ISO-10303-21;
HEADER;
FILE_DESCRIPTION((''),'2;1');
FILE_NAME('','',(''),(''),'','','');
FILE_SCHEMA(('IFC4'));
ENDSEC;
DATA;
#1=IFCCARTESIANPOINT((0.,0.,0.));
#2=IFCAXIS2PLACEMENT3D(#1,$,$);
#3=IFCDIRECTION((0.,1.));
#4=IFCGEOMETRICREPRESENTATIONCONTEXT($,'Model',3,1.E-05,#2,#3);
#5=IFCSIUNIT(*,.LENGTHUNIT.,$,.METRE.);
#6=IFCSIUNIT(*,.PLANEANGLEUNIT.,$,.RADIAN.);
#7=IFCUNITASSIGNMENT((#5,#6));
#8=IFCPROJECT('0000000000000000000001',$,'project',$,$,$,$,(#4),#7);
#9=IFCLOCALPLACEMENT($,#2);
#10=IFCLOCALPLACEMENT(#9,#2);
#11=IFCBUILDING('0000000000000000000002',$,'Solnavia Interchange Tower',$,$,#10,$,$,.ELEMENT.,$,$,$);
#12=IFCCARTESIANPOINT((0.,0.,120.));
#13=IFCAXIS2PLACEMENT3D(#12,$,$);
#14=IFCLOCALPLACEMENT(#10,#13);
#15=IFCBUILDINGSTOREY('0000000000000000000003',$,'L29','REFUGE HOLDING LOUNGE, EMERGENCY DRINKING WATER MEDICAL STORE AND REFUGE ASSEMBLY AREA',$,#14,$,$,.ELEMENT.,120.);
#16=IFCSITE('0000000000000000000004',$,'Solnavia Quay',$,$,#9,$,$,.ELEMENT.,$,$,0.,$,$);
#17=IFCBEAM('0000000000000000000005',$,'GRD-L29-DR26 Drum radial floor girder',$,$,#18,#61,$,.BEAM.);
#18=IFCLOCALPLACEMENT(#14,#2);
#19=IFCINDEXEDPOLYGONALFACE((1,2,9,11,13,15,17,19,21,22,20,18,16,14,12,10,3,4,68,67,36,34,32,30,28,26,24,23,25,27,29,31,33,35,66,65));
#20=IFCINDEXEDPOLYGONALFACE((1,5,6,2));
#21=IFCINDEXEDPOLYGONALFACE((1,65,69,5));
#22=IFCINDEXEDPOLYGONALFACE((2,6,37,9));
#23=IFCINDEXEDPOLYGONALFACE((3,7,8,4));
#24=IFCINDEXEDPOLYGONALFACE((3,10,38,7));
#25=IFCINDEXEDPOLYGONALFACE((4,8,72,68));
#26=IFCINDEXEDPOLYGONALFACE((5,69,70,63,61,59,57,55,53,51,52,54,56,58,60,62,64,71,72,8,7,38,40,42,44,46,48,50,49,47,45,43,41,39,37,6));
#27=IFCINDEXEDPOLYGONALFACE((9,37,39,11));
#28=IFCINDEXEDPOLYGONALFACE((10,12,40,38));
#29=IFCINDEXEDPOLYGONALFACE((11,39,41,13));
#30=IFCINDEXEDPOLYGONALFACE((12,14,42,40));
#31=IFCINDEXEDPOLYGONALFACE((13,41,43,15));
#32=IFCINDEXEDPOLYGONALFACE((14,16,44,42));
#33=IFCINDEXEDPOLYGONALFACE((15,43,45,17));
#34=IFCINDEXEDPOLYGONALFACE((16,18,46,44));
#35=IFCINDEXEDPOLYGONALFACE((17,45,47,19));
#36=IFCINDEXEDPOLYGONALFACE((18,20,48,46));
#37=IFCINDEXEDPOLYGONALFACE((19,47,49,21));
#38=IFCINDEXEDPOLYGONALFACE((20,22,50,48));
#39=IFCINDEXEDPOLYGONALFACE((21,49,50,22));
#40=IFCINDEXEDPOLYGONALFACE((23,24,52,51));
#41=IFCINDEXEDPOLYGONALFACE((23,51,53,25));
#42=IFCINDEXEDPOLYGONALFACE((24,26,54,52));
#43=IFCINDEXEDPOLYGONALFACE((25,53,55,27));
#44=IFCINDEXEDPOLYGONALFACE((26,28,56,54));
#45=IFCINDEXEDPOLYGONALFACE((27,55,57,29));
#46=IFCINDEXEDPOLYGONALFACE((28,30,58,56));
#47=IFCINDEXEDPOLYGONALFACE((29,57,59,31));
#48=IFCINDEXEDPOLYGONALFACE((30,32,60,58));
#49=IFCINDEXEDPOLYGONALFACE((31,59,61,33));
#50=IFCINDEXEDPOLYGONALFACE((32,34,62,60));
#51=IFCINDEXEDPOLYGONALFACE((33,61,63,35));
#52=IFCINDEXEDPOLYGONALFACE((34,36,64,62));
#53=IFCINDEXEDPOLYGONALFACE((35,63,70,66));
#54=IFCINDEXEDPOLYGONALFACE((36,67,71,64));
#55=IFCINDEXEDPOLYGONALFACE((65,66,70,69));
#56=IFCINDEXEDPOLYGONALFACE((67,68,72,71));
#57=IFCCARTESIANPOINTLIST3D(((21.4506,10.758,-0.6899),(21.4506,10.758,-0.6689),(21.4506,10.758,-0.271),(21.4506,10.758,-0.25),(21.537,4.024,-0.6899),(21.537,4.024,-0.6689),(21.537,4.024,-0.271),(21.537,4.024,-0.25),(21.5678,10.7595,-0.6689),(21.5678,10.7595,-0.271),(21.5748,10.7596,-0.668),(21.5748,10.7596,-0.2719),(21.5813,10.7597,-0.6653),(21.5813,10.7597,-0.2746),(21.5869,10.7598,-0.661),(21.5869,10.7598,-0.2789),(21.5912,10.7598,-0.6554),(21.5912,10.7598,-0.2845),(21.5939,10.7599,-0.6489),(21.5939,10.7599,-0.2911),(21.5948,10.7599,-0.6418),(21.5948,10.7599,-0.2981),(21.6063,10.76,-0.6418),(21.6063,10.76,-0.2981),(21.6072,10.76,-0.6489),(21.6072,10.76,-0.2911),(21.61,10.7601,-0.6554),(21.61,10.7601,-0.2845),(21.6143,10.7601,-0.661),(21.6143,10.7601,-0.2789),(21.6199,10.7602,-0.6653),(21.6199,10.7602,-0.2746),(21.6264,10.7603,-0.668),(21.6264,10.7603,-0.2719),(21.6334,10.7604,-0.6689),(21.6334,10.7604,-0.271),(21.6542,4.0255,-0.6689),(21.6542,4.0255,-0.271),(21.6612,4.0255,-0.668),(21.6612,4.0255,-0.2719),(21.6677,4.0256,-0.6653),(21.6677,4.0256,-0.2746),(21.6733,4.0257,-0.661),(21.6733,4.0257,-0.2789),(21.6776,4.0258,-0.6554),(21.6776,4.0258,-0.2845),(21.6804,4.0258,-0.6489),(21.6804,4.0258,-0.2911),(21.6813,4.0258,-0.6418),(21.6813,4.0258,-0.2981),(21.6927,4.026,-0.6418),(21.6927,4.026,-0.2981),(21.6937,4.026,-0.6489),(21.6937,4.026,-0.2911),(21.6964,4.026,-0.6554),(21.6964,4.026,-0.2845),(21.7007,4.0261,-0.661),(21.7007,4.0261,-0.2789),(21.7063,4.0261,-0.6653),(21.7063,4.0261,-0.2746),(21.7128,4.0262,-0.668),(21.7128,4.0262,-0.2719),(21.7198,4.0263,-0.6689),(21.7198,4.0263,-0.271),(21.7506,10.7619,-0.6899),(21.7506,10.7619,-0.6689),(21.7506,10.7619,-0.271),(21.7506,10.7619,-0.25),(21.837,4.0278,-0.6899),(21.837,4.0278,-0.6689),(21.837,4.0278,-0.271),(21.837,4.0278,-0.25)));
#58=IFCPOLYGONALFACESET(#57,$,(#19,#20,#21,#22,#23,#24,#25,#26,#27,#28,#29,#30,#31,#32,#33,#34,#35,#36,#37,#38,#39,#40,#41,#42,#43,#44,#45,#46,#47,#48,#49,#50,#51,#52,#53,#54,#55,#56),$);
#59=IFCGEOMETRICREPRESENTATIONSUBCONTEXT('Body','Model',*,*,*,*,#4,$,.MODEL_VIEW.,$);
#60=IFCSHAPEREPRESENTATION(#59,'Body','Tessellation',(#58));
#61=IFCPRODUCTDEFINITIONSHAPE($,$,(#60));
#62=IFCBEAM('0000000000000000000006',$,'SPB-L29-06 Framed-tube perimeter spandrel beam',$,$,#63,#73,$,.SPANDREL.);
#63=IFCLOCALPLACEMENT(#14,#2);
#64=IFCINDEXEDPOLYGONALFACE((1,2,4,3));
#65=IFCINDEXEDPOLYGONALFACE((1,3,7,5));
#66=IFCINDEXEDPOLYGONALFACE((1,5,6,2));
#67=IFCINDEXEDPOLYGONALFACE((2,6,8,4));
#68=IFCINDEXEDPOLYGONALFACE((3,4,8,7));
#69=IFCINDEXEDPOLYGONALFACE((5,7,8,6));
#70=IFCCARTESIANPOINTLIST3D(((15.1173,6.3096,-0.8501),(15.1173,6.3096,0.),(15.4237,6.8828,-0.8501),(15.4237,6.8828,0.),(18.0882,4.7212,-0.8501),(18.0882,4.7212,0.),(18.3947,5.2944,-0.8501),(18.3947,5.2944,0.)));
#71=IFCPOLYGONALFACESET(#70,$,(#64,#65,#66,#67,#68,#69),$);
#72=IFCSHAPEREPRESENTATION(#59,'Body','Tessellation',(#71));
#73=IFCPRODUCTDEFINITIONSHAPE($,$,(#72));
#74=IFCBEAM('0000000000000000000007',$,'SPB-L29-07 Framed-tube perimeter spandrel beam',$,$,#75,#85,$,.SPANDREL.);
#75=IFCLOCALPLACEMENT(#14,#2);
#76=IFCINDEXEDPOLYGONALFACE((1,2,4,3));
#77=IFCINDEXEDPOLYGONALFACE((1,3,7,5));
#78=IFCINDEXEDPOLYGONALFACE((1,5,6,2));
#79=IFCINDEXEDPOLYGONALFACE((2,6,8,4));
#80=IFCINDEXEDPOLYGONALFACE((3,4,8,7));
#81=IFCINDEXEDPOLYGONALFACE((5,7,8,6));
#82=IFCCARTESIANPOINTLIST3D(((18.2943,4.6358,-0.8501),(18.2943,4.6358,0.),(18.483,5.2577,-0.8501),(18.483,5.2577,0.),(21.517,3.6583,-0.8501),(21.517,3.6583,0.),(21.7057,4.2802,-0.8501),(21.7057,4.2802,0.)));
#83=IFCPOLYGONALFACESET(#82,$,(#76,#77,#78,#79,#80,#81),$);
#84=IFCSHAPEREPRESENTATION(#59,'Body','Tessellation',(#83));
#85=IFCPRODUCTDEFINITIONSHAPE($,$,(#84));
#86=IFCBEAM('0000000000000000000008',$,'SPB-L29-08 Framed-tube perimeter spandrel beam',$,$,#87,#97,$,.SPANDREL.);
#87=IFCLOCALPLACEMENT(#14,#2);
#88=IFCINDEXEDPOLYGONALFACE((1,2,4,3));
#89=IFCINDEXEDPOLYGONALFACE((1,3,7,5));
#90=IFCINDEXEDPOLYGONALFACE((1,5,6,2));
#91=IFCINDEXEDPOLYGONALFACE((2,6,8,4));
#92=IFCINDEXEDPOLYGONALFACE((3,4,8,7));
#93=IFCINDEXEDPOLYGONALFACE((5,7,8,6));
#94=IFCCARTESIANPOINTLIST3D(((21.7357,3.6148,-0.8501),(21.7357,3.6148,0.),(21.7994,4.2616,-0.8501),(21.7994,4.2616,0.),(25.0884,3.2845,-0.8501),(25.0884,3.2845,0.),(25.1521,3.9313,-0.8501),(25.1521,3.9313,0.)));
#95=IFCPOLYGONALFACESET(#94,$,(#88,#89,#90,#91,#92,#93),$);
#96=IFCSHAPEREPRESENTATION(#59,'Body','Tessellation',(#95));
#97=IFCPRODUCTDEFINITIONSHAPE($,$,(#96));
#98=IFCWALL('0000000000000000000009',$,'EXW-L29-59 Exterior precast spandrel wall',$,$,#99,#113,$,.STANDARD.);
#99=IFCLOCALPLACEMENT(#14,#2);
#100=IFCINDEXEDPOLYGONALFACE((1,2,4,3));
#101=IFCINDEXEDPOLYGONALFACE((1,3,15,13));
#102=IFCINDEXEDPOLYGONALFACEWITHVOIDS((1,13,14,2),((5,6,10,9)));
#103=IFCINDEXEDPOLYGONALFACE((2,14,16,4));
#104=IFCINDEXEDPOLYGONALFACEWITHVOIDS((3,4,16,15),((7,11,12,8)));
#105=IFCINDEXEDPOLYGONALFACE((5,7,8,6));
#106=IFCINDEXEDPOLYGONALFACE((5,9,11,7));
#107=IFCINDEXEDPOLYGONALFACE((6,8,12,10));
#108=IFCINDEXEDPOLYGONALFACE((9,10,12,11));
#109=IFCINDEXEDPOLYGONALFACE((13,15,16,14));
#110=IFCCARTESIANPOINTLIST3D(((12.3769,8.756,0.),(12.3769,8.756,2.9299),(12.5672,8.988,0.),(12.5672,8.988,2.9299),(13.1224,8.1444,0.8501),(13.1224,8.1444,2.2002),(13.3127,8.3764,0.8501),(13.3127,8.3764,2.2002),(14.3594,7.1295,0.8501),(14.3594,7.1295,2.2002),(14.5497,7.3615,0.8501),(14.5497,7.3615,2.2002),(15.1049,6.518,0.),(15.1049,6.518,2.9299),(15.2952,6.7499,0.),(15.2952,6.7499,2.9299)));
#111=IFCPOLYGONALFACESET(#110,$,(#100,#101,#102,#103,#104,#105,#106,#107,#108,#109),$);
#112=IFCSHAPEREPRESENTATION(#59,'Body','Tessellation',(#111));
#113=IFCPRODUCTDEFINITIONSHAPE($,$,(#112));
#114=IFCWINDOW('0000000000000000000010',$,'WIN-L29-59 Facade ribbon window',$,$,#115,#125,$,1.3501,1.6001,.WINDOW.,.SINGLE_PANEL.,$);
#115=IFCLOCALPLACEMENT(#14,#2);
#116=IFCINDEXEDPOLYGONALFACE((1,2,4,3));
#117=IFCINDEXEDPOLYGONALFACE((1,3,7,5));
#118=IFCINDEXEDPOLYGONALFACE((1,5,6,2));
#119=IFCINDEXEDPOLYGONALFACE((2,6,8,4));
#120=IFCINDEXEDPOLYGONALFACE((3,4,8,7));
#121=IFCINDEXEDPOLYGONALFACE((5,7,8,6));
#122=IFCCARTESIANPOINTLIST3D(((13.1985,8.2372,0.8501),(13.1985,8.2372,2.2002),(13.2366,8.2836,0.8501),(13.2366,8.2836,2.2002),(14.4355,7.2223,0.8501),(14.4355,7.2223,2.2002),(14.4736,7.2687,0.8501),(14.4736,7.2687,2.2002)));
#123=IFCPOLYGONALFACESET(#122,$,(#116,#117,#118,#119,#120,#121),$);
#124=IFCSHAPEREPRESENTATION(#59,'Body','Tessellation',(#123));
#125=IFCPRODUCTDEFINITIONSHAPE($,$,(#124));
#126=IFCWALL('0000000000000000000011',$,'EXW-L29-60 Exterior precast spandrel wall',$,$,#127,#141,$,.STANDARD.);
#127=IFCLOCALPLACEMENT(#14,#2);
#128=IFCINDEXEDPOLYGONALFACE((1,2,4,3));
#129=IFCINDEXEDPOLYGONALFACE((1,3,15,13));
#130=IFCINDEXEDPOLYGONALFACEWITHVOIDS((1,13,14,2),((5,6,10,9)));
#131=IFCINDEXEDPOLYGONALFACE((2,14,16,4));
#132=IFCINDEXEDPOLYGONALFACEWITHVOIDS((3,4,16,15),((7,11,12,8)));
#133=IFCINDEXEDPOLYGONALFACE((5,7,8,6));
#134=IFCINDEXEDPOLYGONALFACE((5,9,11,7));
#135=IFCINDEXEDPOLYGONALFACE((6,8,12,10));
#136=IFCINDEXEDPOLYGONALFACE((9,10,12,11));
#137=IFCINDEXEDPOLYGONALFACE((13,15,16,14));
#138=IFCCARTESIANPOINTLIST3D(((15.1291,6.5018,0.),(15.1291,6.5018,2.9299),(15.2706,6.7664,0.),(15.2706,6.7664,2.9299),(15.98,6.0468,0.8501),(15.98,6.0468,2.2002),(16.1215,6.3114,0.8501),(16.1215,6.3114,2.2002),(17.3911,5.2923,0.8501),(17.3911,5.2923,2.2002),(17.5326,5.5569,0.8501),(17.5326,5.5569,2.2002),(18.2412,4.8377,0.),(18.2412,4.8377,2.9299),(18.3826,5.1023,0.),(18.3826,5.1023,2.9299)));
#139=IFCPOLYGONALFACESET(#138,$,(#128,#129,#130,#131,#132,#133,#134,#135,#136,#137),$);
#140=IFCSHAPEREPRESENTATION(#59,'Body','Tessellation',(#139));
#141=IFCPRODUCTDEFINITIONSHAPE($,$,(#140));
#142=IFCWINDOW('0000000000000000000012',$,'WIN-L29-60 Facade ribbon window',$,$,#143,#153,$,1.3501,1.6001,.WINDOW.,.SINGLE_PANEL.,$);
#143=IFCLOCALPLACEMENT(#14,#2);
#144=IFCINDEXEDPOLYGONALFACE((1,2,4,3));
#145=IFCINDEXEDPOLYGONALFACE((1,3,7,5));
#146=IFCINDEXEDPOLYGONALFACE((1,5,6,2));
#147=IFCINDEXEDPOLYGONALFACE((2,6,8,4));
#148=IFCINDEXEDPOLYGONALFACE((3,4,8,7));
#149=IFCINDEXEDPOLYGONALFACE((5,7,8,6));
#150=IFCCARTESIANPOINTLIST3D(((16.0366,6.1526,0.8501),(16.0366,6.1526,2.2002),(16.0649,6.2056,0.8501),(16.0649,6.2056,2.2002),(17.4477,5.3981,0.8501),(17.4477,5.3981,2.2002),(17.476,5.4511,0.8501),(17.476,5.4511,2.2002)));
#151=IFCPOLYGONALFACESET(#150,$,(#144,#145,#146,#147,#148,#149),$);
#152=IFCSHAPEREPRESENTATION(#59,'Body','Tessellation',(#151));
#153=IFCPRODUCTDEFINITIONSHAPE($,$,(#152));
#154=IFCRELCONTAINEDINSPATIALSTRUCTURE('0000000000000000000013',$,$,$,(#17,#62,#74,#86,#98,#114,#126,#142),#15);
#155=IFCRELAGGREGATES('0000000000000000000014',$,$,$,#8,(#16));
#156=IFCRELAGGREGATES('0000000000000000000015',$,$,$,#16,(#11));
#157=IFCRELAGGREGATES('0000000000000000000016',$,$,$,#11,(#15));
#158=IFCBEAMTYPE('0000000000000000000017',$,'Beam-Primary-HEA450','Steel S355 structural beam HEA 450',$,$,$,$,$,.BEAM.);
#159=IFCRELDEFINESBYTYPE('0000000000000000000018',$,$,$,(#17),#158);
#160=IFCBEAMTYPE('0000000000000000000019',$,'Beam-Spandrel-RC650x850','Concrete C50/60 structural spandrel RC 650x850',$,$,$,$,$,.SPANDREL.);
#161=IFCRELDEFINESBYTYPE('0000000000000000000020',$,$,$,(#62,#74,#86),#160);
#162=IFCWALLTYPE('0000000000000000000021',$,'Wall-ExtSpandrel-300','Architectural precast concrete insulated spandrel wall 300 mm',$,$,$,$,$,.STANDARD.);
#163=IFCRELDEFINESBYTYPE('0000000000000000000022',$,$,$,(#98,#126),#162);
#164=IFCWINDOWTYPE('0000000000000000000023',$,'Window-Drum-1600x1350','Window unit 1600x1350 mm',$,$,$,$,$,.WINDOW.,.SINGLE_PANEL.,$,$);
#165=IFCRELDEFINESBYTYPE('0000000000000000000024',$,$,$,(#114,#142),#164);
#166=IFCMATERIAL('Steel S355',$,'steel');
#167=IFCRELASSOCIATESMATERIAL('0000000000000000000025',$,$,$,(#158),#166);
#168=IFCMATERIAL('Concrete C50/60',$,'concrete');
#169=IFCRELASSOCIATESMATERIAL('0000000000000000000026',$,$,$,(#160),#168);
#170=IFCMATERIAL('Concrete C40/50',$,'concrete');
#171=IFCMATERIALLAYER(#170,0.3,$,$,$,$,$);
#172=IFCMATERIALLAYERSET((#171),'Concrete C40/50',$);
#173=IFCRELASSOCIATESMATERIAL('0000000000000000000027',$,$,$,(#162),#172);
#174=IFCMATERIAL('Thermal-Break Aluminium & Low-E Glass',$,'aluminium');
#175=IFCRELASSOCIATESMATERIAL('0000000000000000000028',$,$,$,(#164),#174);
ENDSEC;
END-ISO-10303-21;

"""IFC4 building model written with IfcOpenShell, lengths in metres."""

from ifc_helpers import new_model, si_unit, direction, frame, frame_2d, origin, origin_2d, place, context, subcontext, project, spatial, rectangle, i_section, extrude, material, layer, layer_set, material_profile, profile_set, type_object, element, fill, save


model = new_model("IFC4")

# Units and contexts
model_context = context("Model", 3, precision=1e-05, world=origin(), true_north=direction((0.0, 1.0)))
body_context = subcontext(model_context, "Body", "Model", "MODEL_VIEW")
ifc_project = project(units=[si_unit("LENGTHUNIT", "METRE"), si_unit("PLANEANGLEUNIT", "RADIAN")], contexts=[model_context])

# Site, building, storey
site_placement = place(None, origin())
site = spatial("IfcSite", under=ifc_project, at=site_placement, Name="Solnavia Quay", CompositionType="ELEMENT", RefElevation=0.0)
building_placement = place(site_placement, origin())
building = spatial("IfcBuilding", under=site, at=building_placement, Name="Solnavia Interchange Tower", CompositionType="ELEMENT")
storey_placement = place(building_placement, frame((0.0, 0.0, 120.0)))
storey = spatial("IfcBuildingStorey", under=building, at=storey_placement, Name="L29", Description="REFUGE HOLDING LOUNGE, EMERGENCY DRINKING WATER MEDICAL STORE AND REFUGE ASSEMBLY AREA", CompositionType="ELEMENT", Elevation=120.0)

# Shared definitions
ifc_material_1 = material(Name="Steel S355", Category="steel")

# Beams
ifc_material_profile_1 = material_profile(ifc_material_1, i_section(OverallWidth=0.3, OverallDepth=0.4399, WebThickness=0.0115, FlangeThickness=0.021, FilletRadius=0.0271, at=origin_2d()), Name="HEA 450")
ifc_profile_set_1 = profile_set([ifc_material_profile_1], Name="Steel S355")
beam_type_1 = type_object("IfcBeamType", Name="Beam-Primary-HEA450", Description="Steel S355 structural beam HEA 450", PredefinedType="BEAM", material=ifc_profile_set_1)
beam_1_placement = place(storey_placement, frame((21.687, 4.0259, -0.47), z_axis=(-0.012833, 0.999918, 0.0), x_axis=(-0.999918, -0.012833, 0.0)))
element("IfcBeam", 1, at=beam_1_placement, inside=storey, type_object=beam_type_1, Name="GRD-L29-DR26 Drum radial floor girder", PredefinedType="BEAM", context=body_context, shape_type="SweptSolid", body=[
    extrude(i_section(OverallWidth=0.3, OverallDepth=0.4399, WebThickness=0.0115, FlangeThickness=0.021, FilletRadius=0.0271, at=origin_2d()), origin(), (0.0, 0.0, 1.0), 6.7346),
])
ifc_material_2 = material(Name="Concrete C50/60", Category="concrete")
ifc_material_profile_2 = material_profile(ifc_material_2, rectangle(XDim=0.6499, YDim=0.8501, at=origin_2d()), Name="RC 650x850")
ifc_profile_set_2 = profile_set([ifc_material_profile_2], Name="Concrete C50/60")
beam_type_2 = type_object("IfcBeamType", Name="Beam-Spandrel-RC650x850", Description="Concrete C50/60 structural spandrel RC 650x850", PredefinedType="SPANDREL", material=ifc_profile_set_2)
beam_2_placement = place(storey_placement, frame((15.2705, 6.5962, -0.425), z_axis=(0.881875, -0.471483, 0.0), x_axis=(0.471483, 0.881875, 0.0)))
element("IfcBeam", 2, at=beam_2_placement, inside=storey, type_object=beam_type_2, Name="SPB-L29-06 Framed-tube perimeter spandrel beam", PredefinedType="SPANDREL", context=body_context, shape_type="SweptSolid", body=[
    extrude(rectangle(XDim=0.6499, YDim=0.8501, at=origin_2d()), origin(), (0.0, 0.0, 1.0), 3.3689),
])
beam_3_placement = place(storey_placement, frame((18.3887, 4.9468, -0.425), z_axis=(0.956944, -0.290273, 0.0), x_axis=(0.290273, 0.956944, 0.0)))
element("IfcBeam", 3, at=beam_3_placement, inside=storey, type_object=beam_type_2, Name="SPB-L29-07 Framed-tube perimeter spandrel beam", PredefinedType="SPANDREL", context=body_context, shape_type="SweptSolid", body=[
    extrude(rectangle(XDim=0.6499, YDim=0.8501, at=origin_2d()), origin(), (0.0, 0.0, 1.0), 3.3677),
])
beam_4_placement = place(storey_placement, frame((21.7676, 3.9382, -0.425), z_axis=(0.995182, -0.098047, 0.0), x_axis=(0.098047, 0.995182, 0.0)))
element("IfcBeam", 4, at=beam_4_placement, inside=storey, type_object=beam_type_2, Name="SPB-L29-08 Framed-tube perimeter spandrel beam", PredefinedType="SPANDREL", context=body_context, shape_type="SweptSolid", body=[
    extrude(rectangle(XDim=0.6499, YDim=0.8501, at=origin_2d()), origin(), (0.0, 0.0, 1.0), 3.3689),
])

# Walls, openings, windows
ifc_material_3 = material(Name="Concrete C40/50", Category="concrete")
ifc_layer_1 = layer(ifc_material_3, 0.3)
ifc_layer_set_1 = layer_set([ifc_layer_1], Name="Concrete C40/50")
wall_type_1 = type_object("IfcWallType", Name="Wall-ExtSpandrel-300", Description="Architectural precast concrete insulated spandrel wall 300 mm", PredefinedType="STANDARD", material=ifc_layer_set_1)
wall_1_placement = place(storey_placement, frame((15.2, 6.634, 0.0), z_axis=(0.0, 0.0, 1.0), x_axis=(-0.773121, 0.634258, 0.0)))
wall_1 = element("IfcWall", 5, at=wall_1_placement, inside=storey, type_object=wall_type_1, Name="EXW-L29-59 Exterior precast spandrel wall", PredefinedType="STANDARD", context=body_context, shape_type="SweptSolid", body=[
    extrude(rectangle(XDim=3.5286, YDim=0.3, at=frame_2d((1.7642, 0.0))), origin(), (0.0, 0.0, 1.0), 2.9299),
])
opening_1_placement = place(wall_1_placement, frame((0.9641, 0.0, 0.8501)))
opening_1 = element("IfcOpeningElement", 6, at=opening_1_placement, cuts=wall_1, PredefinedType="OPENING", context=body_context, shape_type="SweptSolid", body=[
    extrude(rectangle(XDim=1.6001, YDim=1.3501, at=frame_2d((0.8, 0.675))), frame((0.0, 0.1602, 0.0), z_axis=(0.0, -1.0, 0.0), x_axis=(1.0, 0.0, 0.0)), (0.0, 0.0, 1.0), 0.3201),
])
ifc_material_4 = material(Name="Thermal-Break Aluminium & Low-E Glass", Category="aluminium")
window_type = type_object("IfcWindowType", Name="Window-Drum-1600x1350", Description="Window unit 1600x1350 mm", PartitioningType="SINGLE_PANEL", PredefinedType="WINDOW", material=ifc_material_4)
window_1_placement = place(opening_1_placement, origin())
window_1 = element("IfcWindow", 7, at=window_1_placement, inside=storey, type_object=window_type, Name="WIN-L29-59 Facade ribbon window", OverallHeight=1.3501, OverallWidth=1.6001, PartitioningType="SINGLE_PANEL", PredefinedType="WINDOW", context=body_context, shape_type="SweptSolid", body=[
    extrude(rectangle(XDim=1.6001, YDim=1.3501, at=frame_2d((0.8, 0.675))), frame((0.0, 0.03, 0.0), z_axis=(0.0, -1.0, 0.0), x_axis=(1.0, 0.0, 0.0)), (0.0, 0.0, 1.0), 0.0601),
])
fill(opening_1, window_1)
wall_2_placement = place(storey_placement, frame((18.312, 4.97, 0.0), z_axis=(0.0, 0.0, 1.0), x_axis=(-0.881847, 0.471536, 0.0)))
wall_2 = element("IfcWall", 8, at=wall_2_placement, inside=storey, type_object=wall_type_1, Name="EXW-L29-60 Exterior precast spandrel wall", PredefinedType="STANDARD", context=body_context, shape_type="SweptSolid", body=[
    extrude(rectangle(XDim=3.5291, YDim=0.3, at=frame_2d((1.7646, 0.0))), origin(), (0.0, 0.0, 1.0), 2.9299),
])
opening_2_placement = place(wall_2_placement, frame((0.9641, 0.0, 0.8501)))
opening_2 = element("IfcOpeningElement", 9, at=opening_2_placement, cuts=wall_2, PredefinedType="OPENING", context=body_context, shape_type="SweptSolid", body=[
    extrude(rectangle(XDim=1.6001, YDim=1.3501, at=frame_2d((0.8, 0.675))), frame((0.0, 0.1602, 0.0), z_axis=(0.0, -1.0, 0.0), x_axis=(1.0, 0.0, 0.0)), (0.0, 0.0, 1.0), 0.3201),
])
window_2_placement = place(opening_2_placement, origin())
window_2 = element("IfcWindow", 10, at=window_2_placement, inside=storey, type_object=window_type, Name="WIN-L29-60 Facade ribbon window", OverallHeight=1.3501, OverallWidth=1.6001, PartitioningType="SINGLE_PANEL", PredefinedType="WINDOW", context=body_context, shape_type="SweptSolid", body=[
    extrude(rectangle(XDim=1.6001, YDim=1.3501, at=frame_2d((0.8, 0.675))), frame((0.0, 0.03, 0.0), z_axis=(0.0, -1.0, 0.0), x_axis=(1.0, 0.0, 0.0)), (0.0, 0.0, 1.0), 0.0601),
])
fill(opening_2, window_2)

save(model, "model.ifc")
